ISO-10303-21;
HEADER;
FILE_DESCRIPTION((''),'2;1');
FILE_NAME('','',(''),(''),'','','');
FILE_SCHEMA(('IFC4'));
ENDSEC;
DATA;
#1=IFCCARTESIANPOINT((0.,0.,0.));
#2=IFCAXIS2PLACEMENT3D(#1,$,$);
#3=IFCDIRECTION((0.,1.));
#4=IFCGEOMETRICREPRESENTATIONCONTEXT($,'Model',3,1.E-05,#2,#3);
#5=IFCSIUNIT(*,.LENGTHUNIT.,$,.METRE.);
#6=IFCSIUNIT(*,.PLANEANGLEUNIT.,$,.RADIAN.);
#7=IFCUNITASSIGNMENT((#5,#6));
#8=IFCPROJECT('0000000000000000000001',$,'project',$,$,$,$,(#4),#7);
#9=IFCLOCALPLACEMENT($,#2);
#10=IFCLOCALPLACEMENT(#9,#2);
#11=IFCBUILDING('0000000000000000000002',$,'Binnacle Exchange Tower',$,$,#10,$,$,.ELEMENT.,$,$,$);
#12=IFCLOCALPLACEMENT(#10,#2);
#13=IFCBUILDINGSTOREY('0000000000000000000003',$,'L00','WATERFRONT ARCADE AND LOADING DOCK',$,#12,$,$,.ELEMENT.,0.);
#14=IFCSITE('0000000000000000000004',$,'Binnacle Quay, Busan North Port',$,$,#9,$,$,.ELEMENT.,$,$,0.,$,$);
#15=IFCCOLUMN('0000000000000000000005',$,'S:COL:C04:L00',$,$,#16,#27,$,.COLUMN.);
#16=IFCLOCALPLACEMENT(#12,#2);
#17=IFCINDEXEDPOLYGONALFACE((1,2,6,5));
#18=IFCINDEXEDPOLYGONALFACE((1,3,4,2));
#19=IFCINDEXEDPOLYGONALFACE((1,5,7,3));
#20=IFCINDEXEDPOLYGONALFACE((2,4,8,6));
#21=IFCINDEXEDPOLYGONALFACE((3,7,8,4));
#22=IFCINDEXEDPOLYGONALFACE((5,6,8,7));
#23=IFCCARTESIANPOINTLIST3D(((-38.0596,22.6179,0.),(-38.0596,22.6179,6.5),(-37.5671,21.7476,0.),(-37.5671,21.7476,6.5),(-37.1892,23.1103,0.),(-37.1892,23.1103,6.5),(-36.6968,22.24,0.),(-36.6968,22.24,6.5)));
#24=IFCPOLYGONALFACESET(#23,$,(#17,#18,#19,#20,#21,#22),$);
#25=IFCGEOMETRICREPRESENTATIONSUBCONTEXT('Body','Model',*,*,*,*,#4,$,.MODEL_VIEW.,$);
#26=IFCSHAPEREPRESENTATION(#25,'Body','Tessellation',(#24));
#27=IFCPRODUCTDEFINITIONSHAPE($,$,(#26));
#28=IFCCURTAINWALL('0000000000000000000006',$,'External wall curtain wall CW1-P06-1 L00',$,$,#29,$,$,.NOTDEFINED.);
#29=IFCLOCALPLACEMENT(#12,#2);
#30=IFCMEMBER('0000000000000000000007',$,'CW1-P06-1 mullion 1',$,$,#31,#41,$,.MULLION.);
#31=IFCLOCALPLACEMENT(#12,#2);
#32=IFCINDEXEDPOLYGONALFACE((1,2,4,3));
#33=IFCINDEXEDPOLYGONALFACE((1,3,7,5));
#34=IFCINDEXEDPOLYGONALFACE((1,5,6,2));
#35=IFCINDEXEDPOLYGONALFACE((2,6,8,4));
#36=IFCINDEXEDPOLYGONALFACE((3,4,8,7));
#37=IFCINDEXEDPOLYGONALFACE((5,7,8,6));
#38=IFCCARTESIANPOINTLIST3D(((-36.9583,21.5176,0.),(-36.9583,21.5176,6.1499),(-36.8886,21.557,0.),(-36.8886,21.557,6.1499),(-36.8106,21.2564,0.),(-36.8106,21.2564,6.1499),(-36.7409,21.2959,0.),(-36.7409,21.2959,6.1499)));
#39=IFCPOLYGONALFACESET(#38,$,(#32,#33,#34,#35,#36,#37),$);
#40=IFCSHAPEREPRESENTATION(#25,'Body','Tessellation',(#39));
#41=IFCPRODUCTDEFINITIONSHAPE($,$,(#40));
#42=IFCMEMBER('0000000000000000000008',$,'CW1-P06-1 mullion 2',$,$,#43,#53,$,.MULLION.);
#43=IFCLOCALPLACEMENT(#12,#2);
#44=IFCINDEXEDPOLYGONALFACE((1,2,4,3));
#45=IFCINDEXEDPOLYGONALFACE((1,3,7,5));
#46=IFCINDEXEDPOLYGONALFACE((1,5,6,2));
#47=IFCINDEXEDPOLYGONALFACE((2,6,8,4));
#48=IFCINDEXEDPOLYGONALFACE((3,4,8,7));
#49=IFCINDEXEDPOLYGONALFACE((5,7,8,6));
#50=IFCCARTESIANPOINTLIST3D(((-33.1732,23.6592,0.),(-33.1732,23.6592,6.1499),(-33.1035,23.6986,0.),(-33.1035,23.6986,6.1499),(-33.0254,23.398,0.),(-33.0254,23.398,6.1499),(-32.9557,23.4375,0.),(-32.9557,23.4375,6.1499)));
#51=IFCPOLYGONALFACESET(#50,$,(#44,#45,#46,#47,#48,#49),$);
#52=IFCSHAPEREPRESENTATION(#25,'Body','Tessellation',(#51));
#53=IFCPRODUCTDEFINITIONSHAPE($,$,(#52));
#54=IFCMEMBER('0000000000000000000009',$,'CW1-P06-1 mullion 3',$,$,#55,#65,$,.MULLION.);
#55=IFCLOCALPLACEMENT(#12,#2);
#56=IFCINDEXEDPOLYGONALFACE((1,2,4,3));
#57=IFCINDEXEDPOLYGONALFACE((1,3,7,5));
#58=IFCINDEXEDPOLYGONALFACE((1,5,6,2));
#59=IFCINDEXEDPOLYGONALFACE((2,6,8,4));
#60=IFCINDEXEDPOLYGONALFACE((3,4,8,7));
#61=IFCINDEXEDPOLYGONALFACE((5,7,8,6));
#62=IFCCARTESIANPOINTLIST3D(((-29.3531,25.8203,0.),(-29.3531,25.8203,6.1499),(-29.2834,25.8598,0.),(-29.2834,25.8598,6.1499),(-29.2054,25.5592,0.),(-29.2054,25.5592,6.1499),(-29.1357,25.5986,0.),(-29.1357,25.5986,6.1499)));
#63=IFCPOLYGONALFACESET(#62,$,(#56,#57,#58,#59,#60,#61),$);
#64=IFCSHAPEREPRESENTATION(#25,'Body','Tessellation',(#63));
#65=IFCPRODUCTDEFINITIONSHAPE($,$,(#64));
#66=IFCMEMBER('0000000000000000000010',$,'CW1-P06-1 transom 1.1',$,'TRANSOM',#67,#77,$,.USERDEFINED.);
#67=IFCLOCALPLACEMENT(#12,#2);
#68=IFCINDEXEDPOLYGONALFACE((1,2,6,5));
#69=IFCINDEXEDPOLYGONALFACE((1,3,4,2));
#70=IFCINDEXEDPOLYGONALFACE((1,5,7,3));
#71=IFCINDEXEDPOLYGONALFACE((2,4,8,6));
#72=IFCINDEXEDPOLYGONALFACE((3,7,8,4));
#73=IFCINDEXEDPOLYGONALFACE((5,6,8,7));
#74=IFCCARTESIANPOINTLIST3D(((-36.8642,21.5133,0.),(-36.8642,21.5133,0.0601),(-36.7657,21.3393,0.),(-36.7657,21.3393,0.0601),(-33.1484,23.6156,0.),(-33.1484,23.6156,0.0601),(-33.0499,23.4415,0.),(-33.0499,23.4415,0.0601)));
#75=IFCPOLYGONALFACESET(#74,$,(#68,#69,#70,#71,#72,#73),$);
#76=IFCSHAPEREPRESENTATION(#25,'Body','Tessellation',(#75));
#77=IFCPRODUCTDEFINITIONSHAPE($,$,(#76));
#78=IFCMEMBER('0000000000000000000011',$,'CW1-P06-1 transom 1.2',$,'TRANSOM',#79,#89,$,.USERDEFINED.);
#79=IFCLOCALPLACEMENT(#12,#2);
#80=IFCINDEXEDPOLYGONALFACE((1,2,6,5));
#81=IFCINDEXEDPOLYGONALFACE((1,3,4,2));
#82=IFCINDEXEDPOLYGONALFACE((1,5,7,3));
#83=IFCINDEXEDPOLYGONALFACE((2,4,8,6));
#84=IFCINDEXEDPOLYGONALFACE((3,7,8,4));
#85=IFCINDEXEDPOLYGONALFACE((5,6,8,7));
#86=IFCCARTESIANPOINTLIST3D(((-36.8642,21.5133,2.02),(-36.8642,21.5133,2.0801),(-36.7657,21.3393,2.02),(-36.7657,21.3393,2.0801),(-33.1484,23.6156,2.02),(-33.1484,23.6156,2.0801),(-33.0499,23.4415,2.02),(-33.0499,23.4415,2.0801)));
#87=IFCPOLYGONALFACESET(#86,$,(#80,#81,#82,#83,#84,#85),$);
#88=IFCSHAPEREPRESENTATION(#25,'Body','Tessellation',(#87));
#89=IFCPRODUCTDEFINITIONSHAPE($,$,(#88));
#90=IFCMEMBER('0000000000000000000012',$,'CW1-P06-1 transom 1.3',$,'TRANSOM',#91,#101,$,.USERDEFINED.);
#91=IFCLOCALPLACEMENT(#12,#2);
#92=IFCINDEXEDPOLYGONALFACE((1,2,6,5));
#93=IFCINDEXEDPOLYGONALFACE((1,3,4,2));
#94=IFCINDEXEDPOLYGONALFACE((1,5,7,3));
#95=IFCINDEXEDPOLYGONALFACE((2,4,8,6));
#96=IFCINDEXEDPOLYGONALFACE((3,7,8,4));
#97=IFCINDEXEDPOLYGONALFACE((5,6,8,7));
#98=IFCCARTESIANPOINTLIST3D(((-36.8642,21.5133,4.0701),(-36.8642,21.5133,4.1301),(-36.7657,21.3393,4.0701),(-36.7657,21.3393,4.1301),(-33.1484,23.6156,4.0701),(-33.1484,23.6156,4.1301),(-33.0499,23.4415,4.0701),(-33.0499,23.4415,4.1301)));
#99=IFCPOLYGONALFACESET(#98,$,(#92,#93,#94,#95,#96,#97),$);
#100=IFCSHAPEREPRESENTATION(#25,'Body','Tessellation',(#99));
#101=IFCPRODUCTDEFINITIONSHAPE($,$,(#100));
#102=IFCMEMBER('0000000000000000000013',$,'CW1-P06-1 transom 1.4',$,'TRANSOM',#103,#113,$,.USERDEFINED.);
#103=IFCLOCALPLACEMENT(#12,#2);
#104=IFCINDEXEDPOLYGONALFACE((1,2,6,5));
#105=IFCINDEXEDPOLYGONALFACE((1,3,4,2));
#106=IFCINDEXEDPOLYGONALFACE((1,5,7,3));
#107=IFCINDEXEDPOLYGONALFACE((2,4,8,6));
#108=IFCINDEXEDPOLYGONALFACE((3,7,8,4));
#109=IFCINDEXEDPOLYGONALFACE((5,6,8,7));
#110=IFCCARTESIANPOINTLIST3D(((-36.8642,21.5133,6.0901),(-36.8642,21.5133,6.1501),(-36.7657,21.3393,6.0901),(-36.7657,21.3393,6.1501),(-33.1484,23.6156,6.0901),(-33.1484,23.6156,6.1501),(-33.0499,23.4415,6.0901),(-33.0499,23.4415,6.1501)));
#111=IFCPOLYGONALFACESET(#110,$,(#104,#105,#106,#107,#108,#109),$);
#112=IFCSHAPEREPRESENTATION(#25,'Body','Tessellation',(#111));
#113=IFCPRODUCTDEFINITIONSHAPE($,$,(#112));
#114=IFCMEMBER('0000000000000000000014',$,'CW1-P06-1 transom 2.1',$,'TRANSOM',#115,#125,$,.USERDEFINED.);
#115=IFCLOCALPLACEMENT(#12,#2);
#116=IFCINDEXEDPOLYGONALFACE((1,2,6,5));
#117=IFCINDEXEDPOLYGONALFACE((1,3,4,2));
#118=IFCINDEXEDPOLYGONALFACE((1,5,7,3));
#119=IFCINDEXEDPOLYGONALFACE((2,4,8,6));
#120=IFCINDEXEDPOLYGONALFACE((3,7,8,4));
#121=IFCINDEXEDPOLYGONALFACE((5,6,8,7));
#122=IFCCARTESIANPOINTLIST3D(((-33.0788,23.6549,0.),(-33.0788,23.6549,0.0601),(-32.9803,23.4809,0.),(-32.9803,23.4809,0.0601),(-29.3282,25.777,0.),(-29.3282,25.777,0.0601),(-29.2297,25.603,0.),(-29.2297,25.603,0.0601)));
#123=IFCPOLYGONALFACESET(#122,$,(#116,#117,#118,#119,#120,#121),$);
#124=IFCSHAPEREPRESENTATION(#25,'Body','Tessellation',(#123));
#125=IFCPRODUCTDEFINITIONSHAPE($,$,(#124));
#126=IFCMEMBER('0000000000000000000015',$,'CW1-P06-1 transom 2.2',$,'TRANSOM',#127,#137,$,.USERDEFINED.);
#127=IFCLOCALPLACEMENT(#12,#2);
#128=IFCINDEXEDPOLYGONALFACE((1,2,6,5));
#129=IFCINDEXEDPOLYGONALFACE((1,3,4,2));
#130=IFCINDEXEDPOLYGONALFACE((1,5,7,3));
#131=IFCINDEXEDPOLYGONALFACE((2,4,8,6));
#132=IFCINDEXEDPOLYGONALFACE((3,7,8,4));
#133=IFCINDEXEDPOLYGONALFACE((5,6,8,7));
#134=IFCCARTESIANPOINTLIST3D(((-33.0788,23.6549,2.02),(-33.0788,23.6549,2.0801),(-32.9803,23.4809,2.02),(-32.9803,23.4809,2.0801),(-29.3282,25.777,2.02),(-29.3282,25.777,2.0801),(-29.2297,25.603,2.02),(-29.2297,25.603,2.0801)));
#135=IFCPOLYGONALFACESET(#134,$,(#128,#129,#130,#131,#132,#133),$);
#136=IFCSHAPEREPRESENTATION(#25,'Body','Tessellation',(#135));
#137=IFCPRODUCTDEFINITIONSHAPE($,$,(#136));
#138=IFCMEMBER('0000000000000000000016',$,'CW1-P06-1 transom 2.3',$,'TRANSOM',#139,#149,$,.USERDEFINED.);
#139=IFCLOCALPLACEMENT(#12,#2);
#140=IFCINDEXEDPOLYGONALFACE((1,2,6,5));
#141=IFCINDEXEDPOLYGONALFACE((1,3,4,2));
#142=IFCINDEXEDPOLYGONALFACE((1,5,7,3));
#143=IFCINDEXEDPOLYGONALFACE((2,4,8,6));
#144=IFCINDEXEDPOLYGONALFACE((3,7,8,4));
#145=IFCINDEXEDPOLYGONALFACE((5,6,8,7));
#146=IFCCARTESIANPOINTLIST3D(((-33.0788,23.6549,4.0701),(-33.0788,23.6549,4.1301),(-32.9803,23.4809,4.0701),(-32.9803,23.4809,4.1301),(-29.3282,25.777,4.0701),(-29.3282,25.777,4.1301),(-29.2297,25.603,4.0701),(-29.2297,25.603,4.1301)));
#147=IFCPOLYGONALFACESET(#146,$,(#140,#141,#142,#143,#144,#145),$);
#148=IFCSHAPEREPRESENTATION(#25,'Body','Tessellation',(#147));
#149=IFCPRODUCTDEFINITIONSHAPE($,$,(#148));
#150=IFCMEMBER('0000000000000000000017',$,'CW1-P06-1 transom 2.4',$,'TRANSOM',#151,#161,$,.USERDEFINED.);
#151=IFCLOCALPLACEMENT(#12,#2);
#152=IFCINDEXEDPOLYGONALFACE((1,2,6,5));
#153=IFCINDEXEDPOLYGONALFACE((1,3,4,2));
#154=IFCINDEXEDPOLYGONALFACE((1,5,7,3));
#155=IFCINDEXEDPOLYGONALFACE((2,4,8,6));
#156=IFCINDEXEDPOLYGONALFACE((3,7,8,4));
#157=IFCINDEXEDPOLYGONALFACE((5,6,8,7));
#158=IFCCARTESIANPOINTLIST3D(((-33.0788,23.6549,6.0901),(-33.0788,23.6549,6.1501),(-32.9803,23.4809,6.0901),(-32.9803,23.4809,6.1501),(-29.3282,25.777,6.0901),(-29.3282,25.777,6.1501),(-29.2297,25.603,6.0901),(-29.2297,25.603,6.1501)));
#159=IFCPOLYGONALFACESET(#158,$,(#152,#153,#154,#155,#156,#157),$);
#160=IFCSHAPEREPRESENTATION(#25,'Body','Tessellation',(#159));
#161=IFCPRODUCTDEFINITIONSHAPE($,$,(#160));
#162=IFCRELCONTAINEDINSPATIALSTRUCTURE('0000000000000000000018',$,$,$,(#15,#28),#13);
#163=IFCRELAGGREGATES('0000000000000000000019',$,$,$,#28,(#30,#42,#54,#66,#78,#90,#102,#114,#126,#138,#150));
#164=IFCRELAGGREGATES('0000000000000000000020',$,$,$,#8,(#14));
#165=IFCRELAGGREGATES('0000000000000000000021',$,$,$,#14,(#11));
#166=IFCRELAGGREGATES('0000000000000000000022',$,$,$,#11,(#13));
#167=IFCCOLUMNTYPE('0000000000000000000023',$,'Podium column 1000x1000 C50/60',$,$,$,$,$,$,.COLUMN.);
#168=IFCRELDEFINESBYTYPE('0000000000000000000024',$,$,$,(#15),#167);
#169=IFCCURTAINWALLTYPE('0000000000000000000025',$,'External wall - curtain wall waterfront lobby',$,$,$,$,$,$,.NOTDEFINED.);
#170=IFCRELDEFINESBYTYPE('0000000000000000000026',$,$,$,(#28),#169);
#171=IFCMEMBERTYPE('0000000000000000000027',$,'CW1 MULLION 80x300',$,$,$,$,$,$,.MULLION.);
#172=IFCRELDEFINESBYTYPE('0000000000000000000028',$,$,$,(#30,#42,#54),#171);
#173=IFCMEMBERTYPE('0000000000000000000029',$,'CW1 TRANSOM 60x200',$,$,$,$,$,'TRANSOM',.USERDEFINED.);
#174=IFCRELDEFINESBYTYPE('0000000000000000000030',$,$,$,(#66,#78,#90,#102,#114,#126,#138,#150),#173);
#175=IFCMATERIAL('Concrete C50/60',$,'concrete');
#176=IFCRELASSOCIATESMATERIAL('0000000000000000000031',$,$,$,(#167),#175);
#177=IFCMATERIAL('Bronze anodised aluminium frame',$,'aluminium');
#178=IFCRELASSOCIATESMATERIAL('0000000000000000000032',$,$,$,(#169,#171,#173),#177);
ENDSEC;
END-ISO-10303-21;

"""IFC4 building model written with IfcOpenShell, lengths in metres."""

from ifc_helpers import new_model, si_unit, direction, frame, origin, origin_2d, place, context, subcontext, project, spatial, rectangle, extrude, material, material_profile, profile_set, type_object, element, aggregate, save


model = new_model("IFC4")

# Units and contexts
model_context = context("Model", 3, precision=1e-05, world=origin(), true_north=direction((0.0, 1.0)))
body_context = subcontext(model_context, "Body", "Model", "MODEL_VIEW")
ifc_project = project(units=[si_unit("LENGTHUNIT", "METRE"), si_unit("PLANEANGLEUNIT", "RADIAN")], contexts=[model_context])

# Site, building, storey
site_placement = place(None, origin())
site = spatial("IfcSite", under=ifc_project, at=site_placement, Name="Binnacle Quay, Busan North Port", CompositionType="ELEMENT", RefElevation=0.0)
building_placement = place(site_placement, origin())
building = spatial("IfcBuilding", under=site, at=building_placement, Name="Binnacle Exchange Tower", CompositionType="ELEMENT")
storey_placement = place(building_placement, origin())
storey = spatial("IfcBuildingStorey", under=building, at=storey_placement, Name="L00", Description="WATERFRONT ARCADE AND LOADING DOCK", CompositionType="ELEMENT", Elevation=0.0)

# Column
ifc_material_1 = material(Name="Concrete C50/60", Category="concrete")
ifc_material_profile_1 = material_profile(ifc_material_1, rectangle(XDim=1.0, YDim=1.0, at=origin_2d()), Name="Podium column 1000x1000 C50/60")
ifc_profile_set_1 = profile_set([ifc_material_profile_1], Name="Concrete C50/60")
column_type = type_object("IfcColumnType", Name="Podium column 1000x1000 C50/60", PredefinedType="COLUMN", material=ifc_profile_set_1)
column_placement = place(storey_placement, frame((-37.3782, 22.429, 0.0), z_axis=(0.0, 0.0, 1.0), x_axis=(0.870356, 0.492424, 0.0)))
element("IfcColumn", 1, at=column_placement, inside=storey, type_object=column_type, Name="S:COL:C04:L00", PredefinedType="COLUMN", context=body_context, shape_type="SweptSolid", body=[
    extrude(rectangle(XDim=1.0, YDim=1.0, at=origin_2d()), origin(), (0.0, 0.0, 1.0), 6.5),
])

# Curtain wall, members
ifc_material_2 = material(Name="Bronze anodised aluminium frame", Category="aluminium")
curtain_wall_type = type_object("IfcCurtainWallType", Name="External wall - curtain wall waterfront lobby", PredefinedType="NOTDEFINED", material=ifc_material_2)
curtain_wall_placement = place(storey_placement, origin())
curtain_wall = element("IfcCurtainWall", 2, at=curtain_wall_placement, inside=storey, type_object=curtain_wall_type, Name="External wall curtain wall CW1-P06-1 L00", PredefinedType="NOTDEFINED")
ifc_material_profile_2 = material_profile(ifc_material_2, rectangle(XDim=0.3, YDim=0.0801, at=origin_2d()), Name="AL 80x300")
ifc_profile_set_2 = profile_set([ifc_material_profile_2], Name="Bronze anodised aluminium frame")
member_type_1 = type_object("IfcMemberType", Name="CW1 MULLION 80x300", PredefinedType="MULLION", material=ifc_profile_set_2)
member_1_placement = place(storey_placement, frame((-36.8496, 21.4067, 0.0), z_axis=(0.0, 0.0, 1.0), x_axis=(-0.492424, 0.870356, 0.0)))
member_1 = element("IfcMember", 3, at=member_1_placement, type_object=member_type_1, Name="CW1-P06-1 mullion 1", PredefinedType="MULLION", context=body_context, shape_type="SweptSolid", body=[
    extrude(rectangle(XDim=0.3, YDim=0.0801, at=origin_2d()), origin(), (0.0, 0.0, 1.0), 6.1499),
])
member_2_placement = place(storey_placement, frame((-33.0645, 23.5483, 0.0), z_axis=(0.0, 0.0, 1.0), x_axis=(-0.492424, 0.870356, 0.0)))
member_2 = element("IfcMember", 4, at=member_2_placement, type_object=member_type_1, Name="CW1-P06-1 mullion 2", PredefinedType="MULLION", context=body_context, shape_type="SweptSolid", body=[
    extrude(rectangle(XDim=0.3, YDim=0.0801, at=origin_2d()), origin(), (0.0, 0.0, 1.0), 6.1499),
])
member_3_placement = place(storey_placement, frame((-29.2444, 25.7095, 0.0), z_axis=(0.0, 0.0, 1.0), x_axis=(-0.492424, 0.870356, 0.0)))
member_3 = element("IfcMember", 5, at=member_3_placement, type_object=member_type_1, Name="CW1-P06-1 mullion 3", PredefinedType="MULLION", context=body_context, shape_type="SweptSolid", body=[
    extrude(rectangle(XDim=0.3, YDim=0.0801, at=origin_2d()), origin(), (0.0, 0.0, 1.0), 6.1499),
])
ifc_material_profile_3 = material_profile(ifc_material_2, rectangle(XDim=0.2, YDim=0.0601, at=origin_2d()), Name="AL 200x60")
ifc_profile_set_3 = profile_set([ifc_material_profile_3], Name="Bronze anodised aluminium frame")
member_type_2 = type_object("IfcMemberType", Name="CW1 TRANSOM 60x200", ElementType="TRANSOM", PredefinedType="USERDEFINED", material=ifc_profile_set_3)
member_4_placement = place(storey_placement, frame((-36.8149, 21.4263, 0.03), z_axis=(0.870357, 0.492421, 0.0), x_axis=(-0.492421, 0.870357, 0.0)))
member_4 = element("IfcMember", 6, at=member_4_placement, type_object=member_type_2, Name="CW1-P06-1 transom 1.1", ObjectType="TRANSOM", PredefinedType="USERDEFINED", context=body_context, shape_type="SweptSolid", body=[
    extrude(rectangle(XDim=0.2, YDim=0.0601, at=origin_2d()), origin(), (0.0, 0.0, 1.0), 4.2693),
])
member_5_placement = place(storey_placement, frame((-36.8149, 21.4263, 2.05), z_axis=(0.870357, 0.492421, 0.0), x_axis=(-0.492421, 0.870357, 0.0)))
member_5 = element("IfcMember", 7, at=member_5_placement, type_object=member_type_2, Name="CW1-P06-1 transom 1.2", ObjectType="TRANSOM", PredefinedType="USERDEFINED", context=body_context, shape_type="SweptSolid", body=[
    extrude(rectangle(XDim=0.2, YDim=0.0601, at=origin_2d()), origin(), (0.0, 0.0, 1.0), 4.2693),
])
member_6_placement = place(storey_placement, frame((-36.8149, 21.4263, 4.1001), z_axis=(0.870357, 0.492421, 0.0), x_axis=(-0.492421, 0.870357, 0.0)))
member_6 = element("IfcMember", 8, at=member_6_placement, type_object=member_type_2, Name="CW1-P06-1 transom 1.3", ObjectType="TRANSOM", PredefinedType="USERDEFINED", context=body_context, shape_type="SweptSolid", body=[
    extrude(rectangle(XDim=0.2, YDim=0.0601, at=origin_2d()), origin(), (0.0, 0.0, 1.0), 4.2693),
])
member_7_placement = place(storey_placement, frame((-36.8149, 21.4263, 6.1201), z_axis=(0.870357, 0.492421, 0.0), x_axis=(-0.492421, 0.870357, 0.0)))
member_7 = element("IfcMember", 9, at=member_7_placement, type_object=member_type_2, Name="CW1-P06-1 transom 1.4", ObjectType="TRANSOM", PredefinedType="USERDEFINED", context=body_context, shape_type="SweptSolid", body=[
    extrude(rectangle(XDim=0.2, YDim=0.0601, at=origin_2d()), origin(), (0.0, 0.0, 1.0), 4.2693),
])
member_8_placement = place(storey_placement, frame((-33.0295, 23.5679, 0.03), z_axis=(0.870341, 0.492449, 0.0), x_axis=(-0.492449, 0.870341, 0.0)))
member_8 = element("IfcMember", 10, at=member_8_placement, type_object=member_type_2, Name="CW1-P06-1 transom 2.1", ObjectType="TRANSOM", PredefinedType="USERDEFINED", context=body_context, shape_type="SweptSolid", body=[
    extrude(rectangle(XDim=0.2, YDim=0.0601, at=origin_2d()), origin(), (0.0, 0.0, 1.0), 4.3093),
])
member_9_placement = place(storey_placement, frame((-33.0295, 23.5679, 2.05), z_axis=(0.870341, 0.492449, 0.0), x_axis=(-0.492449, 0.870341, 0.0)))
member_9 = element("IfcMember", 11, at=member_9_placement, type_object=member_type_2, Name="CW1-P06-1 transom 2.2", ObjectType="TRANSOM", PredefinedType="USERDEFINED", context=body_context, shape_type="SweptSolid", body=[
    extrude(rectangle(XDim=0.2, YDim=0.0601, at=origin_2d()), origin(), (0.0, 0.0, 1.0), 4.3093),
])
member_10_placement = place(storey_placement, frame((-33.0295, 23.5679, 4.1001), z_axis=(0.870341, 0.492449, 0.0), x_axis=(-0.492449, 0.870341, 0.0)))
member_10 = element("IfcMember", 12, at=member_10_placement, type_object=member_type_2, Name="CW1-P06-1 transom 2.3", ObjectType="TRANSOM", PredefinedType="USERDEFINED", context=body_context, shape_type="SweptSolid", body=[
    extrude(rectangle(XDim=0.2, YDim=0.0601, at=origin_2d()), origin(), (0.0, 0.0, 1.0), 4.3093),
])
member_11_placement = place(storey_placement, frame((-33.0295, 23.5679, 6.1201), z_axis=(0.870341, 0.492449, 0.0), x_axis=(-0.492449, 0.870341, 0.0)))
member_11 = element("IfcMember", 13, at=member_11_placement, type_object=member_type_2, Name="CW1-P06-1 transom 2.4", ObjectType="TRANSOM", PredefinedType="USERDEFINED", context=body_context, shape_type="SweptSolid", body=[
    extrude(rectangle(XDim=0.2, YDim=0.0601, at=origin_2d()), origin(), (0.0, 0.0, 1.0), 4.3093),
])

aggregate(curtain_wall, [member_1, member_2, member_3, member_4, member_5, member_6, member_7, member_8, member_9, member_10, member_11])

save(model, "model.ifc")
